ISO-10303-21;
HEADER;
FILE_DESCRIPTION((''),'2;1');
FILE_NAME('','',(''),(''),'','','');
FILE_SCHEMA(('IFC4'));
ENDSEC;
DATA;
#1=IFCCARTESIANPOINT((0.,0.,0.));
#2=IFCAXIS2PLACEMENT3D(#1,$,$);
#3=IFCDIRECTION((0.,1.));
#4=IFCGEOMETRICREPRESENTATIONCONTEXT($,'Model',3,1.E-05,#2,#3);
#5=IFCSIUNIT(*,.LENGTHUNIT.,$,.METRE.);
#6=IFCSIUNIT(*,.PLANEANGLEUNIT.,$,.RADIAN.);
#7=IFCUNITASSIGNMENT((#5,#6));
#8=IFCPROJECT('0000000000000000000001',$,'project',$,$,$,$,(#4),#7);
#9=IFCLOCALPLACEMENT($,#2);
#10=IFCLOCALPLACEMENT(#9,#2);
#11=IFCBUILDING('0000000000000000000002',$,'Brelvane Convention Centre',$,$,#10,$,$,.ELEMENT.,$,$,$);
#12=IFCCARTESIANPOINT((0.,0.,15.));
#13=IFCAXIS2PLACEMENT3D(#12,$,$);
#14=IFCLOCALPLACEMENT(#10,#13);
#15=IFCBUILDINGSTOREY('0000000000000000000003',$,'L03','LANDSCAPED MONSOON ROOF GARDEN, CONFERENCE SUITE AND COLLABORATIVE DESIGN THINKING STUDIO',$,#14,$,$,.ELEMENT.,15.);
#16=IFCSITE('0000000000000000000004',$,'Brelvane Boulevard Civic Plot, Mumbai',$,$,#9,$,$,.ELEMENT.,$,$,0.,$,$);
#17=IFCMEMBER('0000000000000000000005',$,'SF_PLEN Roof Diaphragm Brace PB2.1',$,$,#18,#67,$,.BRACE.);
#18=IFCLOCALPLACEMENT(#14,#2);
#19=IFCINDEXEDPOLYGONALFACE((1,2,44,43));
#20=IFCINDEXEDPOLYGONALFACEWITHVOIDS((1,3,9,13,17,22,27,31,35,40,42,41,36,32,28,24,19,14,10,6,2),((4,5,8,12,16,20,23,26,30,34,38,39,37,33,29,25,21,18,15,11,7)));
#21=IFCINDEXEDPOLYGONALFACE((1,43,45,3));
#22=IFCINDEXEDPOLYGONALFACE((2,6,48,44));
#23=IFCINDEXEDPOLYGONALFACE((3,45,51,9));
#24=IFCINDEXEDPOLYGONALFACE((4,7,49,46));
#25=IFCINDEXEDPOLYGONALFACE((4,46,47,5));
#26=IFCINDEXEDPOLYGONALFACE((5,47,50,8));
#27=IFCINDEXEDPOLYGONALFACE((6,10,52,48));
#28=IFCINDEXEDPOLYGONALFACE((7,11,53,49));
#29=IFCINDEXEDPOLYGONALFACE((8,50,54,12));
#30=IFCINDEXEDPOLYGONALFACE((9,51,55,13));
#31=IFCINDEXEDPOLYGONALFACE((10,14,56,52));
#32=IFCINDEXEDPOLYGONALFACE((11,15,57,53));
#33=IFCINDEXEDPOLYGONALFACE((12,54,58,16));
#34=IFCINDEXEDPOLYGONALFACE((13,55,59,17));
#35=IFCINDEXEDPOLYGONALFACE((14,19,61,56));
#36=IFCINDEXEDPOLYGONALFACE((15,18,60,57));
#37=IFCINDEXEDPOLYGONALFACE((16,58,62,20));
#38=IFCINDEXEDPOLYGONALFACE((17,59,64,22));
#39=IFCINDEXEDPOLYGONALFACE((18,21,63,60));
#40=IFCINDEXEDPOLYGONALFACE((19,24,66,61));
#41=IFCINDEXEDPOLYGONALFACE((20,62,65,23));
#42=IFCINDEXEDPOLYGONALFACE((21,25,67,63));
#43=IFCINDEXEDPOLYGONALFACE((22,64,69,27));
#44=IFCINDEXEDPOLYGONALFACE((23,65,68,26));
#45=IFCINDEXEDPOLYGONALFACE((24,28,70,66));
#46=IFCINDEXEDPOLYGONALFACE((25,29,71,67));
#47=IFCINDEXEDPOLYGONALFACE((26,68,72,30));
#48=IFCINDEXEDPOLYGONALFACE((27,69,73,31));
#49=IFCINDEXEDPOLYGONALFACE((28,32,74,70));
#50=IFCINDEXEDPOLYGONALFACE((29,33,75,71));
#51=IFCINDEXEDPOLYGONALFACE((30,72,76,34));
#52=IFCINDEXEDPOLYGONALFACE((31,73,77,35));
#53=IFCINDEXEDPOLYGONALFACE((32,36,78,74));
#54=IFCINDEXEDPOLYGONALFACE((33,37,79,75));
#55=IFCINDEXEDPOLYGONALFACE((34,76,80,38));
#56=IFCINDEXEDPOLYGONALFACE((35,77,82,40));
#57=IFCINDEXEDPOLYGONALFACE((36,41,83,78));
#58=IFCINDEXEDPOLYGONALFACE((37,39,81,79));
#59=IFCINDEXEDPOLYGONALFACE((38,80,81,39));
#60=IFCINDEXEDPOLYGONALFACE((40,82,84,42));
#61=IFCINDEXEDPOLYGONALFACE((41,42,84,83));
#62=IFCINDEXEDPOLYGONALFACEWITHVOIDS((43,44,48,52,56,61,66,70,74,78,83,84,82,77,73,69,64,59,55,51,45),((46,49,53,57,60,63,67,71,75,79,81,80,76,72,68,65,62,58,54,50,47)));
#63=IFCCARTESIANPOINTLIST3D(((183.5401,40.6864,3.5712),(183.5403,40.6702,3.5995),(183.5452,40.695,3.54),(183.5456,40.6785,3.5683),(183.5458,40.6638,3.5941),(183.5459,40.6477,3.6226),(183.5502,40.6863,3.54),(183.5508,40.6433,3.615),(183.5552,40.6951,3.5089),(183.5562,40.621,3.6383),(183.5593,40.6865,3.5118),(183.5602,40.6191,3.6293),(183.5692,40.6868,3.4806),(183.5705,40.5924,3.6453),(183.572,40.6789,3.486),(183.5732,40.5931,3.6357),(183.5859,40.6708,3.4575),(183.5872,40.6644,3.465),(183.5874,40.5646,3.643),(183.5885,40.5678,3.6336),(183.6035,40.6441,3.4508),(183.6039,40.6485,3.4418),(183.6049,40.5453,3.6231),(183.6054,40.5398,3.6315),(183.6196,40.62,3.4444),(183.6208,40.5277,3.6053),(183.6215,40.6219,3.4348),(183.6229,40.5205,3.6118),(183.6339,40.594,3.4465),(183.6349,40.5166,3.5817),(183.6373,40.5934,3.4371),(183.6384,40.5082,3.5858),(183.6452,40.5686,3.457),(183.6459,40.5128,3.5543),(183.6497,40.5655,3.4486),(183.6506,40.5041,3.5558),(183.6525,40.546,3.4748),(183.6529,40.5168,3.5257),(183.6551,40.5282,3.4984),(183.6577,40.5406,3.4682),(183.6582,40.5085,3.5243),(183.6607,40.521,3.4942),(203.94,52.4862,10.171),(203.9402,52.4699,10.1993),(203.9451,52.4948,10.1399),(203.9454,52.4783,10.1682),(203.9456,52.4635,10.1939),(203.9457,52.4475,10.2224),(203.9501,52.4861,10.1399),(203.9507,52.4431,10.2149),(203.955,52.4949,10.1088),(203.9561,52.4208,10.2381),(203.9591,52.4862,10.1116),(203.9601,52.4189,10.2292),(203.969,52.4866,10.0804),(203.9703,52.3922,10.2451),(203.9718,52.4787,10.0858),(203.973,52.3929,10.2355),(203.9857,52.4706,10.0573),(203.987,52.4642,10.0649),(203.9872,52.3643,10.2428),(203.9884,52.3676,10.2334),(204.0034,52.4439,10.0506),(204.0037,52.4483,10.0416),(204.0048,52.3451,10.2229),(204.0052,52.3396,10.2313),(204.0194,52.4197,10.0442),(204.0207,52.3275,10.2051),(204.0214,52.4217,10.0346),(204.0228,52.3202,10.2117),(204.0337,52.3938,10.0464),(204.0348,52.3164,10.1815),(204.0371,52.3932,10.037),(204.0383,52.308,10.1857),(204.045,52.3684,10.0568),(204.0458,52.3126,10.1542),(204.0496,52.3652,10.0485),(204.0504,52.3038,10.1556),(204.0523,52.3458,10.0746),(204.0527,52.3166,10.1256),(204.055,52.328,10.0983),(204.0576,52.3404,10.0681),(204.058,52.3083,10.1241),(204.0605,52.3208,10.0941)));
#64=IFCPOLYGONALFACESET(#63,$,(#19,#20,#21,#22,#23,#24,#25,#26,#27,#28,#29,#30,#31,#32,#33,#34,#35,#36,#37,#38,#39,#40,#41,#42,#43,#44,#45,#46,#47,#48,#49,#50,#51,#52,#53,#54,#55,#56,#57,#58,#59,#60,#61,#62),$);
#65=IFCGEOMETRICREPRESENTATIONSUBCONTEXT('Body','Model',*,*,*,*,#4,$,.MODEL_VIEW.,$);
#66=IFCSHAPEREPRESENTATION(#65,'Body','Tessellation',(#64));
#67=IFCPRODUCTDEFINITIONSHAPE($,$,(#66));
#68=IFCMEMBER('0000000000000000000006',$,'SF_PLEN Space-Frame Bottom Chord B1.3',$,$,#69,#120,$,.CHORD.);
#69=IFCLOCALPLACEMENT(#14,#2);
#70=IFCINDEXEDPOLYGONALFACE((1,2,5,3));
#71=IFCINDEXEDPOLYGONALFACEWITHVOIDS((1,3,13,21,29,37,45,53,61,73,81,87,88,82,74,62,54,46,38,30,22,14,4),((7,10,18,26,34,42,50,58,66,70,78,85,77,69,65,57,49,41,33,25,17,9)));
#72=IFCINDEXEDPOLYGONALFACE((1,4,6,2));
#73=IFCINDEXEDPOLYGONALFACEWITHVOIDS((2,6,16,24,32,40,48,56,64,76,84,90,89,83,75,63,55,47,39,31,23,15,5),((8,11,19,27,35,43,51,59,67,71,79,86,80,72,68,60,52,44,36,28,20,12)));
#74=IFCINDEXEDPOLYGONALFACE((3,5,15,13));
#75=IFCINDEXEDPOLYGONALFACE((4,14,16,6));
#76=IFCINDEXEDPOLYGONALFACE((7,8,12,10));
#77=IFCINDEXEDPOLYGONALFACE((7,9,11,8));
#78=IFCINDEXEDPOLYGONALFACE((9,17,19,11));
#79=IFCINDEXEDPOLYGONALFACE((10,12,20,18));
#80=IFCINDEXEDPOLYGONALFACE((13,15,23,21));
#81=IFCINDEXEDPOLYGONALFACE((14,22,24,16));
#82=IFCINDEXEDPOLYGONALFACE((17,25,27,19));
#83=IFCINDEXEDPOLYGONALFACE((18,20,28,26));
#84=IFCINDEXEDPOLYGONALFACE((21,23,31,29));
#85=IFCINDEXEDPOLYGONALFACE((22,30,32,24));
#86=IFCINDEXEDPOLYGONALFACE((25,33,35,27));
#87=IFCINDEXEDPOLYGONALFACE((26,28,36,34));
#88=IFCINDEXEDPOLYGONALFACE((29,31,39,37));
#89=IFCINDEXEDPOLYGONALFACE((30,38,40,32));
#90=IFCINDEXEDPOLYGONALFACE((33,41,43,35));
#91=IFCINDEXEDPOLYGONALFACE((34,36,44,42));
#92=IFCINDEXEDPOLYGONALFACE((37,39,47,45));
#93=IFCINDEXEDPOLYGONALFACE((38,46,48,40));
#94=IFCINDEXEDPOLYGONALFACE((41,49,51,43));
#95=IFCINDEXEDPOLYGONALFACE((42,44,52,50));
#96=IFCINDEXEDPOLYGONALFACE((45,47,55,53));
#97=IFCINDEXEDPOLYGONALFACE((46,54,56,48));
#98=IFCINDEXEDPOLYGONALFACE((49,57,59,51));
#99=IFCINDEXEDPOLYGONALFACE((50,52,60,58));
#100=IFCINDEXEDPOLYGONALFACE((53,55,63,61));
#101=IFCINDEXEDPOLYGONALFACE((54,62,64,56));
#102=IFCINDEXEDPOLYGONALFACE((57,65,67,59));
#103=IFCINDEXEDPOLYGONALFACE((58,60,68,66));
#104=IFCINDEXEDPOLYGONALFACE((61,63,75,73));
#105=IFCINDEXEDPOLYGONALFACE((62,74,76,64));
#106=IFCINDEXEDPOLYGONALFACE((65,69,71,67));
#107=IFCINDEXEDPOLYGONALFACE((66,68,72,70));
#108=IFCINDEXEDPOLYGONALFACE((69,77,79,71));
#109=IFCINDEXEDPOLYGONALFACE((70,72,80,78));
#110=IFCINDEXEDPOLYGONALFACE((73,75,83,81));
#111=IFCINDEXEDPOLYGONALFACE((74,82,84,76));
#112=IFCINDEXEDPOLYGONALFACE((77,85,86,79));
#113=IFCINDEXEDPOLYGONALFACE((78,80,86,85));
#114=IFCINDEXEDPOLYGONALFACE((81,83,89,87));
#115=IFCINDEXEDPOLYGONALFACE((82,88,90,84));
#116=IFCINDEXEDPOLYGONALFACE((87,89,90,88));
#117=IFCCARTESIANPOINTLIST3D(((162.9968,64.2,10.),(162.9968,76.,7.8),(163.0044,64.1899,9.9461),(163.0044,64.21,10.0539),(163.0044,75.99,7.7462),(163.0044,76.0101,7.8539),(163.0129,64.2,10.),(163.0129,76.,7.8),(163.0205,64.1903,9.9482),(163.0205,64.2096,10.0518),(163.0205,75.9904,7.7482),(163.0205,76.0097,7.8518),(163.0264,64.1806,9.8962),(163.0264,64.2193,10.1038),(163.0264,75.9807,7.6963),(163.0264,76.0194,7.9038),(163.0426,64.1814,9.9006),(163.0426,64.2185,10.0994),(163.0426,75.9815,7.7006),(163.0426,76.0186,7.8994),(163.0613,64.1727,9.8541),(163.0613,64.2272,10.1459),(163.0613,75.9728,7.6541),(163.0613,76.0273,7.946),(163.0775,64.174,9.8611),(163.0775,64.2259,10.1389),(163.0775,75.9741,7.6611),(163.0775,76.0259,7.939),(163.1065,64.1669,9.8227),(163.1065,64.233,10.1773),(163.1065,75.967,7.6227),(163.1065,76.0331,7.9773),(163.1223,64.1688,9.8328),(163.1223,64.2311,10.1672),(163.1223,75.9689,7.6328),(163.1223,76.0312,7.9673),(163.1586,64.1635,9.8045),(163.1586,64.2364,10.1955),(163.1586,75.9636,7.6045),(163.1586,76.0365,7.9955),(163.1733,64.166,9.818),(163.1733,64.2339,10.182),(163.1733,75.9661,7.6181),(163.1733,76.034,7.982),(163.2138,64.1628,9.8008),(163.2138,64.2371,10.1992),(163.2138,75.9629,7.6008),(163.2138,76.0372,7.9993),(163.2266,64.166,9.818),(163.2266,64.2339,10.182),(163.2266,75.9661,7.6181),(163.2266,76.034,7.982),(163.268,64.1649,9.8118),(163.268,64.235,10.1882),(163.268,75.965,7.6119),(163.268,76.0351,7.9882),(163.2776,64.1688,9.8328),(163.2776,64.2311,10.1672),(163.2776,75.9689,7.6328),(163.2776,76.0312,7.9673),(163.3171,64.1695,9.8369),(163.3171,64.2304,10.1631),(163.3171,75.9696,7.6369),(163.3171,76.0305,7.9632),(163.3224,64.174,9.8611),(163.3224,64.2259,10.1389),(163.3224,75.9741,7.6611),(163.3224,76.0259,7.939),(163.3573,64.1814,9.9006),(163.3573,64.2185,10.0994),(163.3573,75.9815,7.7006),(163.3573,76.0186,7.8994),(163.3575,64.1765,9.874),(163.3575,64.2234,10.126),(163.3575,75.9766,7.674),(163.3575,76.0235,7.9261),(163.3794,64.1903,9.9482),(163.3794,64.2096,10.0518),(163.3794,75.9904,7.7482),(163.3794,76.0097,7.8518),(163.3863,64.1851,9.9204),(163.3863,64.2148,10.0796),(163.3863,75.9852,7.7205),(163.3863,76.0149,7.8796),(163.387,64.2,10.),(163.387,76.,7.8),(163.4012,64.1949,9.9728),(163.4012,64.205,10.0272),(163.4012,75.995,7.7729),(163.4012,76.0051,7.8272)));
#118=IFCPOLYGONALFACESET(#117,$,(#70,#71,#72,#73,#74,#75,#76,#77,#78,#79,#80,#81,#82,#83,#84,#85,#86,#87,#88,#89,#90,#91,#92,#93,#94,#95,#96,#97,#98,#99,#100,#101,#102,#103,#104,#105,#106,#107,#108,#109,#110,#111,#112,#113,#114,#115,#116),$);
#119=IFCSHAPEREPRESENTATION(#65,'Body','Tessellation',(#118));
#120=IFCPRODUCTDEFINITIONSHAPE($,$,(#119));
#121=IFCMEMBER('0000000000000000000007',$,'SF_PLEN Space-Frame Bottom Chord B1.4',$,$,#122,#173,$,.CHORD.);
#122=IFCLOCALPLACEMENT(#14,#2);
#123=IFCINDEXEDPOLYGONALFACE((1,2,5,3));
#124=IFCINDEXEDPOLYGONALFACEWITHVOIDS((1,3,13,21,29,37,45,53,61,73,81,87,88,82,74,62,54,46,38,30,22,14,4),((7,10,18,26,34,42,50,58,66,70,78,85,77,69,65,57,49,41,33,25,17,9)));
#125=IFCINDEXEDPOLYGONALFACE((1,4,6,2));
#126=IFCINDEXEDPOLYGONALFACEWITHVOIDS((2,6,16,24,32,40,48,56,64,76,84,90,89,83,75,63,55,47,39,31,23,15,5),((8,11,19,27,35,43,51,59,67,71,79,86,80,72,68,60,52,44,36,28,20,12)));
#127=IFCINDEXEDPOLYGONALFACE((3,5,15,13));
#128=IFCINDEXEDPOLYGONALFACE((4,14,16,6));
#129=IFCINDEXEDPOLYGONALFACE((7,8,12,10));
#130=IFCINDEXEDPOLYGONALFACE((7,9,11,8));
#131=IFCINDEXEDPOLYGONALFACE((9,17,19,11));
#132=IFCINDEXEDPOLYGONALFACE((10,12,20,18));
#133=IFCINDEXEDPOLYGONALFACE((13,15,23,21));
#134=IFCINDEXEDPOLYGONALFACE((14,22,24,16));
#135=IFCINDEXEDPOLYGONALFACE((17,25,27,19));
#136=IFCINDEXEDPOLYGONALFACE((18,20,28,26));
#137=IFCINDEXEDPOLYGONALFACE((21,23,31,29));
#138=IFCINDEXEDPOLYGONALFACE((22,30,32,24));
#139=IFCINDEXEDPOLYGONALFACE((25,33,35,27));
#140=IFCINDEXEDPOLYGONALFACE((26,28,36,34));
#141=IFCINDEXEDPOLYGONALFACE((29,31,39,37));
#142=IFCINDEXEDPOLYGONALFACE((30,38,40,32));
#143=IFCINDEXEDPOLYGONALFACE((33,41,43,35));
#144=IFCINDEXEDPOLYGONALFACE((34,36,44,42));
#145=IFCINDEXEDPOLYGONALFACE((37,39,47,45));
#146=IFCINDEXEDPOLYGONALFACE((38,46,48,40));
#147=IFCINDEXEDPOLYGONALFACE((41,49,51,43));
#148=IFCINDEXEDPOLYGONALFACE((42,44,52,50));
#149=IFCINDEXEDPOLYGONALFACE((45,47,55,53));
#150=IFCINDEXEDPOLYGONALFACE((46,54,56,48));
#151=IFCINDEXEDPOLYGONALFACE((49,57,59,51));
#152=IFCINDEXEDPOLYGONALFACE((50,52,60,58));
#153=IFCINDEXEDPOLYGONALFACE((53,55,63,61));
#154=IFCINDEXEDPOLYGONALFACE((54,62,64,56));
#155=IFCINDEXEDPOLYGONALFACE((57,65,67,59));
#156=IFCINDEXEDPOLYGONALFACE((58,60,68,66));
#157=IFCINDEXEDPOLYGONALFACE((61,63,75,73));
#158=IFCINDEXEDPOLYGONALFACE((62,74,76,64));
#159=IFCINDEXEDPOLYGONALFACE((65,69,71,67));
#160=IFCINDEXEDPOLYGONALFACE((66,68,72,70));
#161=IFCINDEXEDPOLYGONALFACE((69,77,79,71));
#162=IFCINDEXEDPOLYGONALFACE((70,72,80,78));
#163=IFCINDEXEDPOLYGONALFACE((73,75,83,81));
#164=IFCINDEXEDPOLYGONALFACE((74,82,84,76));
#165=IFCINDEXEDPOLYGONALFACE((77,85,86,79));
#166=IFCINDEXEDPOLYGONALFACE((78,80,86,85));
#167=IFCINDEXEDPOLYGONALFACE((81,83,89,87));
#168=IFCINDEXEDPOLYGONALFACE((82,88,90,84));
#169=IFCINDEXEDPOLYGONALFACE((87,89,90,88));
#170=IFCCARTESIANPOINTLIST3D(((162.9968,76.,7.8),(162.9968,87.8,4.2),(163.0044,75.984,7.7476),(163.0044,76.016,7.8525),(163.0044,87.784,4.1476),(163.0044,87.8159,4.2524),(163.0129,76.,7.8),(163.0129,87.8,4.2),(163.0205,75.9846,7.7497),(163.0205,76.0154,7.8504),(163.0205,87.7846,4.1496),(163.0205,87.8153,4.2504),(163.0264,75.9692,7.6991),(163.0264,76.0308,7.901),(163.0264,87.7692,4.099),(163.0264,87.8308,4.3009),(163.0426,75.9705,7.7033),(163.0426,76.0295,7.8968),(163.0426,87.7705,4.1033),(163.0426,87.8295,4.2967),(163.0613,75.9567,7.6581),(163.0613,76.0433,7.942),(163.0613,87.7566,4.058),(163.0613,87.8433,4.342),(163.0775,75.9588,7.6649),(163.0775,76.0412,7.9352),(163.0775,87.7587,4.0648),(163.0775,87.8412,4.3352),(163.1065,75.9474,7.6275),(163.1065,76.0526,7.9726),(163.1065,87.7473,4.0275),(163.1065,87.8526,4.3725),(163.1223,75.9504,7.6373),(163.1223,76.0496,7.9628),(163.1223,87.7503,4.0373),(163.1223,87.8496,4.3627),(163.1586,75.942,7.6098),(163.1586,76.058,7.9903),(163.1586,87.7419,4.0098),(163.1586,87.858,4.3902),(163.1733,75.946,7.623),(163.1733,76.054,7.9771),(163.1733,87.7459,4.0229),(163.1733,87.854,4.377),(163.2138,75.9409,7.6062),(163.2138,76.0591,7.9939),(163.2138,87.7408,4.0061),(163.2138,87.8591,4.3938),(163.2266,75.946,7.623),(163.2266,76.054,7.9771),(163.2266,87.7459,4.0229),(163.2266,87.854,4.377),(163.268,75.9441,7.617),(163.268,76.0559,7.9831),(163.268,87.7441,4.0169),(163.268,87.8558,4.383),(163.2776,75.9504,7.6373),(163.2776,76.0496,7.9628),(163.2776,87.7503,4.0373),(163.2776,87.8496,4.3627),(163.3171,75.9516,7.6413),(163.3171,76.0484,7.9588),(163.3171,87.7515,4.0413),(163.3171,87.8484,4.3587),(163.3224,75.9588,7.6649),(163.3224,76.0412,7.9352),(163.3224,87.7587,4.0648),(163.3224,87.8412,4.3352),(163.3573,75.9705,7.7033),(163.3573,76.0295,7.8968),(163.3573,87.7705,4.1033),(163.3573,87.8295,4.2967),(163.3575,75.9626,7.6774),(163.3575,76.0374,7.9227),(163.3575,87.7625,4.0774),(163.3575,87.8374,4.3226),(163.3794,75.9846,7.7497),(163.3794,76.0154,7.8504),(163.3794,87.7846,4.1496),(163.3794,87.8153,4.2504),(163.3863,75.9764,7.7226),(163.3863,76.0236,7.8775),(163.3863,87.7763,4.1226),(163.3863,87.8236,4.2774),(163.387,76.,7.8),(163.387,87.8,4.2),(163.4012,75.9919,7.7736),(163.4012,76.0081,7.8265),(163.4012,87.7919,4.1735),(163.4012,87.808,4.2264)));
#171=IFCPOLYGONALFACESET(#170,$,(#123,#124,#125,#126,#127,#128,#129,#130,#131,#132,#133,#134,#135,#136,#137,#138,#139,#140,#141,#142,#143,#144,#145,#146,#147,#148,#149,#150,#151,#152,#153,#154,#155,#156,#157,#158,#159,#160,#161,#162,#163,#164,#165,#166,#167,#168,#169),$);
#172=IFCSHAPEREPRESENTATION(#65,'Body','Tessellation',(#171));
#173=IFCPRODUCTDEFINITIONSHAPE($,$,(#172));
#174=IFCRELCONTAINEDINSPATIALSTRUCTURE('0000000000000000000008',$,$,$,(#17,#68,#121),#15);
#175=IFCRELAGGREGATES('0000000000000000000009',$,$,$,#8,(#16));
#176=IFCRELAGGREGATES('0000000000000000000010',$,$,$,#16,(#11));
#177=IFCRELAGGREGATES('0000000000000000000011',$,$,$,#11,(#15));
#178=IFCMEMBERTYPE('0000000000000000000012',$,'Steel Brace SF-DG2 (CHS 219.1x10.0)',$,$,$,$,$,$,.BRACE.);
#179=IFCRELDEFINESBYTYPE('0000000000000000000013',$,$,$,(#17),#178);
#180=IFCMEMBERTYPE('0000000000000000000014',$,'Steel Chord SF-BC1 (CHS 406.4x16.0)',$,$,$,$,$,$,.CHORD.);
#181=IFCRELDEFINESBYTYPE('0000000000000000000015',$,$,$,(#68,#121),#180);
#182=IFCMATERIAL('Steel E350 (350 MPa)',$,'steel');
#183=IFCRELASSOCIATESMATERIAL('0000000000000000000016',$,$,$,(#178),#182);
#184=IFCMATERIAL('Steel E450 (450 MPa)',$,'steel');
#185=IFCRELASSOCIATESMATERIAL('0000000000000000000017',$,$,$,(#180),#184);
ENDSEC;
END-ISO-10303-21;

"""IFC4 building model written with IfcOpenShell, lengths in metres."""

from ifc_helpers import new_model, si_unit, direction, frame, origin, origin_2d, place, context, subcontext, project, spatial, hollow_circle, extrude, material, material_profile, profile_set, type_object, element, save


model = new_model("IFC4")

# Units and contexts
model_context = context("Model", 3, precision=1e-05, world=origin(), true_north=direction((0.0, 1.0)))
body_context = subcontext(model_context, "Body", "Model", "MODEL_VIEW")
ifc_project = project(units=[si_unit("LENGTHUNIT", "METRE"), si_unit("PLANEANGLEUNIT", "RADIAN")], contexts=[model_context])

# Site, building, storey
site_placement = place(None, origin())
site = spatial("IfcSite", under=ifc_project, at=site_placement, Name="Brelvane Boulevard Civic Plot, Mumbai", CompositionType="ELEMENT", RefElevation=0.0)
building_placement = place(site_placement, origin())
building = spatial("IfcBuilding", under=site, at=building_placement, Name="Brelvane Convention Centre", CompositionType="ELEMENT")
storey_placement = place(building_placement, frame((0.0, 0.0, 15.0)))
storey = spatial("IfcBuildingStorey", under=building, at=storey_placement, Name="L03", Description="LANDSCAPED MONSOON ROOF GARDEN, CONFERENCE SUITE AND COLLABORATIVE DESIGN THINKING STUDIO", CompositionType="ELEMENT", Elevation=15.0)

# Members
ifc_material_1 = material(Name="Steel E350 (350 MPa)", Category="steel")
ifc_material_profile_1 = material_profile(ifc_material_1, hollow_circle(Radius=0.1096, WallThickness=0.01, at=origin_2d()), Name="CHS 219.1x10.0")
ifc_profile_set_1 = profile_set([ifc_material_profile_1], Name="Steel E350 (350 MPa)")
member_type_1 = type_object("IfcMemberType", Name="Steel Brace SF-DG2 (CHS 219.1x10.0)", PredefinedType="BRACE", material=ifc_profile_set_1)
member_1_placement = place(storey_placement, frame((183.6001, 40.6001, 3.54), z_axis=(0.833553, 0.482147, 0.269674), x_axis=(-0.500697, 0.865622, 0.0)))
element("IfcMember", 1, at=member_1_placement, inside=storey, type_object=member_type_1, Name="SF_PLEN Roof Diaphragm Brace PB2.1", PredefinedType="BRACE", context=body_context, shape_type="SweptSolid", body=[
    extrude(hollow_circle(Radius=0.1096, WallThickness=0.01, at=origin_2d()), origin(), (0.0, 0.0, 1.0), 24.4734),
])
ifc_material_2 = material(Name="Steel E450 (450 MPa)", Category="steel")
ifc_material_profile_2 = material_profile(ifc_material_2, hollow_circle(Radius=0.2031, WallThickness=0.0161, at=origin_2d()), Name="CHS 406.4x16.0")
ifc_profile_set_2 = profile_set([ifc_material_profile_2], Name="Steel E450 (450 MPa)")
member_type_2 = type_object("IfcMemberType", Name="Steel Chord SF-BC1 (CHS 406.4x16.0)", PredefinedType="CHORD", material=ifc_profile_set_2)
member_2_placement = place(storey_placement, frame((163.2, 64.2, 10.0), z_axis=(0.0, 0.983061, -0.183278), x_axis=(-1.0, 0.0, 0.0)))
element("IfcMember", 2, at=member_2_placement, inside=storey, type_object=member_type_2, Name="SF_PLEN Space-Frame Bottom Chord B1.3", PredefinedType="CHORD", context=body_context, shape_type="SweptSolid", body=[
    extrude(hollow_circle(Radius=0.2031, WallThickness=0.0161, at=origin_2d()), origin(), (0.0, 0.0, 1.0), 12.0034),
])
member_3_placement = place(storey_placement, frame((163.2, 76.0, 7.8), z_axis=(0.0, 0.956475, -0.291813), x_axis=(-1.0, 0.0, 0.0)))
element("IfcMember", 3, at=member_3_placement, inside=storey, type_object=member_type_2, Name="SF_PLEN Space-Frame Bottom Chord B1.4", PredefinedType="CHORD", context=body_context, shape_type="SweptSolid", body=[
    extrude(hollow_circle(Radius=0.2031, WallThickness=0.0161, at=origin_2d()), origin(), (0.0, 0.0, 1.0), 12.3369),
])

save(model, "model.ifc")
